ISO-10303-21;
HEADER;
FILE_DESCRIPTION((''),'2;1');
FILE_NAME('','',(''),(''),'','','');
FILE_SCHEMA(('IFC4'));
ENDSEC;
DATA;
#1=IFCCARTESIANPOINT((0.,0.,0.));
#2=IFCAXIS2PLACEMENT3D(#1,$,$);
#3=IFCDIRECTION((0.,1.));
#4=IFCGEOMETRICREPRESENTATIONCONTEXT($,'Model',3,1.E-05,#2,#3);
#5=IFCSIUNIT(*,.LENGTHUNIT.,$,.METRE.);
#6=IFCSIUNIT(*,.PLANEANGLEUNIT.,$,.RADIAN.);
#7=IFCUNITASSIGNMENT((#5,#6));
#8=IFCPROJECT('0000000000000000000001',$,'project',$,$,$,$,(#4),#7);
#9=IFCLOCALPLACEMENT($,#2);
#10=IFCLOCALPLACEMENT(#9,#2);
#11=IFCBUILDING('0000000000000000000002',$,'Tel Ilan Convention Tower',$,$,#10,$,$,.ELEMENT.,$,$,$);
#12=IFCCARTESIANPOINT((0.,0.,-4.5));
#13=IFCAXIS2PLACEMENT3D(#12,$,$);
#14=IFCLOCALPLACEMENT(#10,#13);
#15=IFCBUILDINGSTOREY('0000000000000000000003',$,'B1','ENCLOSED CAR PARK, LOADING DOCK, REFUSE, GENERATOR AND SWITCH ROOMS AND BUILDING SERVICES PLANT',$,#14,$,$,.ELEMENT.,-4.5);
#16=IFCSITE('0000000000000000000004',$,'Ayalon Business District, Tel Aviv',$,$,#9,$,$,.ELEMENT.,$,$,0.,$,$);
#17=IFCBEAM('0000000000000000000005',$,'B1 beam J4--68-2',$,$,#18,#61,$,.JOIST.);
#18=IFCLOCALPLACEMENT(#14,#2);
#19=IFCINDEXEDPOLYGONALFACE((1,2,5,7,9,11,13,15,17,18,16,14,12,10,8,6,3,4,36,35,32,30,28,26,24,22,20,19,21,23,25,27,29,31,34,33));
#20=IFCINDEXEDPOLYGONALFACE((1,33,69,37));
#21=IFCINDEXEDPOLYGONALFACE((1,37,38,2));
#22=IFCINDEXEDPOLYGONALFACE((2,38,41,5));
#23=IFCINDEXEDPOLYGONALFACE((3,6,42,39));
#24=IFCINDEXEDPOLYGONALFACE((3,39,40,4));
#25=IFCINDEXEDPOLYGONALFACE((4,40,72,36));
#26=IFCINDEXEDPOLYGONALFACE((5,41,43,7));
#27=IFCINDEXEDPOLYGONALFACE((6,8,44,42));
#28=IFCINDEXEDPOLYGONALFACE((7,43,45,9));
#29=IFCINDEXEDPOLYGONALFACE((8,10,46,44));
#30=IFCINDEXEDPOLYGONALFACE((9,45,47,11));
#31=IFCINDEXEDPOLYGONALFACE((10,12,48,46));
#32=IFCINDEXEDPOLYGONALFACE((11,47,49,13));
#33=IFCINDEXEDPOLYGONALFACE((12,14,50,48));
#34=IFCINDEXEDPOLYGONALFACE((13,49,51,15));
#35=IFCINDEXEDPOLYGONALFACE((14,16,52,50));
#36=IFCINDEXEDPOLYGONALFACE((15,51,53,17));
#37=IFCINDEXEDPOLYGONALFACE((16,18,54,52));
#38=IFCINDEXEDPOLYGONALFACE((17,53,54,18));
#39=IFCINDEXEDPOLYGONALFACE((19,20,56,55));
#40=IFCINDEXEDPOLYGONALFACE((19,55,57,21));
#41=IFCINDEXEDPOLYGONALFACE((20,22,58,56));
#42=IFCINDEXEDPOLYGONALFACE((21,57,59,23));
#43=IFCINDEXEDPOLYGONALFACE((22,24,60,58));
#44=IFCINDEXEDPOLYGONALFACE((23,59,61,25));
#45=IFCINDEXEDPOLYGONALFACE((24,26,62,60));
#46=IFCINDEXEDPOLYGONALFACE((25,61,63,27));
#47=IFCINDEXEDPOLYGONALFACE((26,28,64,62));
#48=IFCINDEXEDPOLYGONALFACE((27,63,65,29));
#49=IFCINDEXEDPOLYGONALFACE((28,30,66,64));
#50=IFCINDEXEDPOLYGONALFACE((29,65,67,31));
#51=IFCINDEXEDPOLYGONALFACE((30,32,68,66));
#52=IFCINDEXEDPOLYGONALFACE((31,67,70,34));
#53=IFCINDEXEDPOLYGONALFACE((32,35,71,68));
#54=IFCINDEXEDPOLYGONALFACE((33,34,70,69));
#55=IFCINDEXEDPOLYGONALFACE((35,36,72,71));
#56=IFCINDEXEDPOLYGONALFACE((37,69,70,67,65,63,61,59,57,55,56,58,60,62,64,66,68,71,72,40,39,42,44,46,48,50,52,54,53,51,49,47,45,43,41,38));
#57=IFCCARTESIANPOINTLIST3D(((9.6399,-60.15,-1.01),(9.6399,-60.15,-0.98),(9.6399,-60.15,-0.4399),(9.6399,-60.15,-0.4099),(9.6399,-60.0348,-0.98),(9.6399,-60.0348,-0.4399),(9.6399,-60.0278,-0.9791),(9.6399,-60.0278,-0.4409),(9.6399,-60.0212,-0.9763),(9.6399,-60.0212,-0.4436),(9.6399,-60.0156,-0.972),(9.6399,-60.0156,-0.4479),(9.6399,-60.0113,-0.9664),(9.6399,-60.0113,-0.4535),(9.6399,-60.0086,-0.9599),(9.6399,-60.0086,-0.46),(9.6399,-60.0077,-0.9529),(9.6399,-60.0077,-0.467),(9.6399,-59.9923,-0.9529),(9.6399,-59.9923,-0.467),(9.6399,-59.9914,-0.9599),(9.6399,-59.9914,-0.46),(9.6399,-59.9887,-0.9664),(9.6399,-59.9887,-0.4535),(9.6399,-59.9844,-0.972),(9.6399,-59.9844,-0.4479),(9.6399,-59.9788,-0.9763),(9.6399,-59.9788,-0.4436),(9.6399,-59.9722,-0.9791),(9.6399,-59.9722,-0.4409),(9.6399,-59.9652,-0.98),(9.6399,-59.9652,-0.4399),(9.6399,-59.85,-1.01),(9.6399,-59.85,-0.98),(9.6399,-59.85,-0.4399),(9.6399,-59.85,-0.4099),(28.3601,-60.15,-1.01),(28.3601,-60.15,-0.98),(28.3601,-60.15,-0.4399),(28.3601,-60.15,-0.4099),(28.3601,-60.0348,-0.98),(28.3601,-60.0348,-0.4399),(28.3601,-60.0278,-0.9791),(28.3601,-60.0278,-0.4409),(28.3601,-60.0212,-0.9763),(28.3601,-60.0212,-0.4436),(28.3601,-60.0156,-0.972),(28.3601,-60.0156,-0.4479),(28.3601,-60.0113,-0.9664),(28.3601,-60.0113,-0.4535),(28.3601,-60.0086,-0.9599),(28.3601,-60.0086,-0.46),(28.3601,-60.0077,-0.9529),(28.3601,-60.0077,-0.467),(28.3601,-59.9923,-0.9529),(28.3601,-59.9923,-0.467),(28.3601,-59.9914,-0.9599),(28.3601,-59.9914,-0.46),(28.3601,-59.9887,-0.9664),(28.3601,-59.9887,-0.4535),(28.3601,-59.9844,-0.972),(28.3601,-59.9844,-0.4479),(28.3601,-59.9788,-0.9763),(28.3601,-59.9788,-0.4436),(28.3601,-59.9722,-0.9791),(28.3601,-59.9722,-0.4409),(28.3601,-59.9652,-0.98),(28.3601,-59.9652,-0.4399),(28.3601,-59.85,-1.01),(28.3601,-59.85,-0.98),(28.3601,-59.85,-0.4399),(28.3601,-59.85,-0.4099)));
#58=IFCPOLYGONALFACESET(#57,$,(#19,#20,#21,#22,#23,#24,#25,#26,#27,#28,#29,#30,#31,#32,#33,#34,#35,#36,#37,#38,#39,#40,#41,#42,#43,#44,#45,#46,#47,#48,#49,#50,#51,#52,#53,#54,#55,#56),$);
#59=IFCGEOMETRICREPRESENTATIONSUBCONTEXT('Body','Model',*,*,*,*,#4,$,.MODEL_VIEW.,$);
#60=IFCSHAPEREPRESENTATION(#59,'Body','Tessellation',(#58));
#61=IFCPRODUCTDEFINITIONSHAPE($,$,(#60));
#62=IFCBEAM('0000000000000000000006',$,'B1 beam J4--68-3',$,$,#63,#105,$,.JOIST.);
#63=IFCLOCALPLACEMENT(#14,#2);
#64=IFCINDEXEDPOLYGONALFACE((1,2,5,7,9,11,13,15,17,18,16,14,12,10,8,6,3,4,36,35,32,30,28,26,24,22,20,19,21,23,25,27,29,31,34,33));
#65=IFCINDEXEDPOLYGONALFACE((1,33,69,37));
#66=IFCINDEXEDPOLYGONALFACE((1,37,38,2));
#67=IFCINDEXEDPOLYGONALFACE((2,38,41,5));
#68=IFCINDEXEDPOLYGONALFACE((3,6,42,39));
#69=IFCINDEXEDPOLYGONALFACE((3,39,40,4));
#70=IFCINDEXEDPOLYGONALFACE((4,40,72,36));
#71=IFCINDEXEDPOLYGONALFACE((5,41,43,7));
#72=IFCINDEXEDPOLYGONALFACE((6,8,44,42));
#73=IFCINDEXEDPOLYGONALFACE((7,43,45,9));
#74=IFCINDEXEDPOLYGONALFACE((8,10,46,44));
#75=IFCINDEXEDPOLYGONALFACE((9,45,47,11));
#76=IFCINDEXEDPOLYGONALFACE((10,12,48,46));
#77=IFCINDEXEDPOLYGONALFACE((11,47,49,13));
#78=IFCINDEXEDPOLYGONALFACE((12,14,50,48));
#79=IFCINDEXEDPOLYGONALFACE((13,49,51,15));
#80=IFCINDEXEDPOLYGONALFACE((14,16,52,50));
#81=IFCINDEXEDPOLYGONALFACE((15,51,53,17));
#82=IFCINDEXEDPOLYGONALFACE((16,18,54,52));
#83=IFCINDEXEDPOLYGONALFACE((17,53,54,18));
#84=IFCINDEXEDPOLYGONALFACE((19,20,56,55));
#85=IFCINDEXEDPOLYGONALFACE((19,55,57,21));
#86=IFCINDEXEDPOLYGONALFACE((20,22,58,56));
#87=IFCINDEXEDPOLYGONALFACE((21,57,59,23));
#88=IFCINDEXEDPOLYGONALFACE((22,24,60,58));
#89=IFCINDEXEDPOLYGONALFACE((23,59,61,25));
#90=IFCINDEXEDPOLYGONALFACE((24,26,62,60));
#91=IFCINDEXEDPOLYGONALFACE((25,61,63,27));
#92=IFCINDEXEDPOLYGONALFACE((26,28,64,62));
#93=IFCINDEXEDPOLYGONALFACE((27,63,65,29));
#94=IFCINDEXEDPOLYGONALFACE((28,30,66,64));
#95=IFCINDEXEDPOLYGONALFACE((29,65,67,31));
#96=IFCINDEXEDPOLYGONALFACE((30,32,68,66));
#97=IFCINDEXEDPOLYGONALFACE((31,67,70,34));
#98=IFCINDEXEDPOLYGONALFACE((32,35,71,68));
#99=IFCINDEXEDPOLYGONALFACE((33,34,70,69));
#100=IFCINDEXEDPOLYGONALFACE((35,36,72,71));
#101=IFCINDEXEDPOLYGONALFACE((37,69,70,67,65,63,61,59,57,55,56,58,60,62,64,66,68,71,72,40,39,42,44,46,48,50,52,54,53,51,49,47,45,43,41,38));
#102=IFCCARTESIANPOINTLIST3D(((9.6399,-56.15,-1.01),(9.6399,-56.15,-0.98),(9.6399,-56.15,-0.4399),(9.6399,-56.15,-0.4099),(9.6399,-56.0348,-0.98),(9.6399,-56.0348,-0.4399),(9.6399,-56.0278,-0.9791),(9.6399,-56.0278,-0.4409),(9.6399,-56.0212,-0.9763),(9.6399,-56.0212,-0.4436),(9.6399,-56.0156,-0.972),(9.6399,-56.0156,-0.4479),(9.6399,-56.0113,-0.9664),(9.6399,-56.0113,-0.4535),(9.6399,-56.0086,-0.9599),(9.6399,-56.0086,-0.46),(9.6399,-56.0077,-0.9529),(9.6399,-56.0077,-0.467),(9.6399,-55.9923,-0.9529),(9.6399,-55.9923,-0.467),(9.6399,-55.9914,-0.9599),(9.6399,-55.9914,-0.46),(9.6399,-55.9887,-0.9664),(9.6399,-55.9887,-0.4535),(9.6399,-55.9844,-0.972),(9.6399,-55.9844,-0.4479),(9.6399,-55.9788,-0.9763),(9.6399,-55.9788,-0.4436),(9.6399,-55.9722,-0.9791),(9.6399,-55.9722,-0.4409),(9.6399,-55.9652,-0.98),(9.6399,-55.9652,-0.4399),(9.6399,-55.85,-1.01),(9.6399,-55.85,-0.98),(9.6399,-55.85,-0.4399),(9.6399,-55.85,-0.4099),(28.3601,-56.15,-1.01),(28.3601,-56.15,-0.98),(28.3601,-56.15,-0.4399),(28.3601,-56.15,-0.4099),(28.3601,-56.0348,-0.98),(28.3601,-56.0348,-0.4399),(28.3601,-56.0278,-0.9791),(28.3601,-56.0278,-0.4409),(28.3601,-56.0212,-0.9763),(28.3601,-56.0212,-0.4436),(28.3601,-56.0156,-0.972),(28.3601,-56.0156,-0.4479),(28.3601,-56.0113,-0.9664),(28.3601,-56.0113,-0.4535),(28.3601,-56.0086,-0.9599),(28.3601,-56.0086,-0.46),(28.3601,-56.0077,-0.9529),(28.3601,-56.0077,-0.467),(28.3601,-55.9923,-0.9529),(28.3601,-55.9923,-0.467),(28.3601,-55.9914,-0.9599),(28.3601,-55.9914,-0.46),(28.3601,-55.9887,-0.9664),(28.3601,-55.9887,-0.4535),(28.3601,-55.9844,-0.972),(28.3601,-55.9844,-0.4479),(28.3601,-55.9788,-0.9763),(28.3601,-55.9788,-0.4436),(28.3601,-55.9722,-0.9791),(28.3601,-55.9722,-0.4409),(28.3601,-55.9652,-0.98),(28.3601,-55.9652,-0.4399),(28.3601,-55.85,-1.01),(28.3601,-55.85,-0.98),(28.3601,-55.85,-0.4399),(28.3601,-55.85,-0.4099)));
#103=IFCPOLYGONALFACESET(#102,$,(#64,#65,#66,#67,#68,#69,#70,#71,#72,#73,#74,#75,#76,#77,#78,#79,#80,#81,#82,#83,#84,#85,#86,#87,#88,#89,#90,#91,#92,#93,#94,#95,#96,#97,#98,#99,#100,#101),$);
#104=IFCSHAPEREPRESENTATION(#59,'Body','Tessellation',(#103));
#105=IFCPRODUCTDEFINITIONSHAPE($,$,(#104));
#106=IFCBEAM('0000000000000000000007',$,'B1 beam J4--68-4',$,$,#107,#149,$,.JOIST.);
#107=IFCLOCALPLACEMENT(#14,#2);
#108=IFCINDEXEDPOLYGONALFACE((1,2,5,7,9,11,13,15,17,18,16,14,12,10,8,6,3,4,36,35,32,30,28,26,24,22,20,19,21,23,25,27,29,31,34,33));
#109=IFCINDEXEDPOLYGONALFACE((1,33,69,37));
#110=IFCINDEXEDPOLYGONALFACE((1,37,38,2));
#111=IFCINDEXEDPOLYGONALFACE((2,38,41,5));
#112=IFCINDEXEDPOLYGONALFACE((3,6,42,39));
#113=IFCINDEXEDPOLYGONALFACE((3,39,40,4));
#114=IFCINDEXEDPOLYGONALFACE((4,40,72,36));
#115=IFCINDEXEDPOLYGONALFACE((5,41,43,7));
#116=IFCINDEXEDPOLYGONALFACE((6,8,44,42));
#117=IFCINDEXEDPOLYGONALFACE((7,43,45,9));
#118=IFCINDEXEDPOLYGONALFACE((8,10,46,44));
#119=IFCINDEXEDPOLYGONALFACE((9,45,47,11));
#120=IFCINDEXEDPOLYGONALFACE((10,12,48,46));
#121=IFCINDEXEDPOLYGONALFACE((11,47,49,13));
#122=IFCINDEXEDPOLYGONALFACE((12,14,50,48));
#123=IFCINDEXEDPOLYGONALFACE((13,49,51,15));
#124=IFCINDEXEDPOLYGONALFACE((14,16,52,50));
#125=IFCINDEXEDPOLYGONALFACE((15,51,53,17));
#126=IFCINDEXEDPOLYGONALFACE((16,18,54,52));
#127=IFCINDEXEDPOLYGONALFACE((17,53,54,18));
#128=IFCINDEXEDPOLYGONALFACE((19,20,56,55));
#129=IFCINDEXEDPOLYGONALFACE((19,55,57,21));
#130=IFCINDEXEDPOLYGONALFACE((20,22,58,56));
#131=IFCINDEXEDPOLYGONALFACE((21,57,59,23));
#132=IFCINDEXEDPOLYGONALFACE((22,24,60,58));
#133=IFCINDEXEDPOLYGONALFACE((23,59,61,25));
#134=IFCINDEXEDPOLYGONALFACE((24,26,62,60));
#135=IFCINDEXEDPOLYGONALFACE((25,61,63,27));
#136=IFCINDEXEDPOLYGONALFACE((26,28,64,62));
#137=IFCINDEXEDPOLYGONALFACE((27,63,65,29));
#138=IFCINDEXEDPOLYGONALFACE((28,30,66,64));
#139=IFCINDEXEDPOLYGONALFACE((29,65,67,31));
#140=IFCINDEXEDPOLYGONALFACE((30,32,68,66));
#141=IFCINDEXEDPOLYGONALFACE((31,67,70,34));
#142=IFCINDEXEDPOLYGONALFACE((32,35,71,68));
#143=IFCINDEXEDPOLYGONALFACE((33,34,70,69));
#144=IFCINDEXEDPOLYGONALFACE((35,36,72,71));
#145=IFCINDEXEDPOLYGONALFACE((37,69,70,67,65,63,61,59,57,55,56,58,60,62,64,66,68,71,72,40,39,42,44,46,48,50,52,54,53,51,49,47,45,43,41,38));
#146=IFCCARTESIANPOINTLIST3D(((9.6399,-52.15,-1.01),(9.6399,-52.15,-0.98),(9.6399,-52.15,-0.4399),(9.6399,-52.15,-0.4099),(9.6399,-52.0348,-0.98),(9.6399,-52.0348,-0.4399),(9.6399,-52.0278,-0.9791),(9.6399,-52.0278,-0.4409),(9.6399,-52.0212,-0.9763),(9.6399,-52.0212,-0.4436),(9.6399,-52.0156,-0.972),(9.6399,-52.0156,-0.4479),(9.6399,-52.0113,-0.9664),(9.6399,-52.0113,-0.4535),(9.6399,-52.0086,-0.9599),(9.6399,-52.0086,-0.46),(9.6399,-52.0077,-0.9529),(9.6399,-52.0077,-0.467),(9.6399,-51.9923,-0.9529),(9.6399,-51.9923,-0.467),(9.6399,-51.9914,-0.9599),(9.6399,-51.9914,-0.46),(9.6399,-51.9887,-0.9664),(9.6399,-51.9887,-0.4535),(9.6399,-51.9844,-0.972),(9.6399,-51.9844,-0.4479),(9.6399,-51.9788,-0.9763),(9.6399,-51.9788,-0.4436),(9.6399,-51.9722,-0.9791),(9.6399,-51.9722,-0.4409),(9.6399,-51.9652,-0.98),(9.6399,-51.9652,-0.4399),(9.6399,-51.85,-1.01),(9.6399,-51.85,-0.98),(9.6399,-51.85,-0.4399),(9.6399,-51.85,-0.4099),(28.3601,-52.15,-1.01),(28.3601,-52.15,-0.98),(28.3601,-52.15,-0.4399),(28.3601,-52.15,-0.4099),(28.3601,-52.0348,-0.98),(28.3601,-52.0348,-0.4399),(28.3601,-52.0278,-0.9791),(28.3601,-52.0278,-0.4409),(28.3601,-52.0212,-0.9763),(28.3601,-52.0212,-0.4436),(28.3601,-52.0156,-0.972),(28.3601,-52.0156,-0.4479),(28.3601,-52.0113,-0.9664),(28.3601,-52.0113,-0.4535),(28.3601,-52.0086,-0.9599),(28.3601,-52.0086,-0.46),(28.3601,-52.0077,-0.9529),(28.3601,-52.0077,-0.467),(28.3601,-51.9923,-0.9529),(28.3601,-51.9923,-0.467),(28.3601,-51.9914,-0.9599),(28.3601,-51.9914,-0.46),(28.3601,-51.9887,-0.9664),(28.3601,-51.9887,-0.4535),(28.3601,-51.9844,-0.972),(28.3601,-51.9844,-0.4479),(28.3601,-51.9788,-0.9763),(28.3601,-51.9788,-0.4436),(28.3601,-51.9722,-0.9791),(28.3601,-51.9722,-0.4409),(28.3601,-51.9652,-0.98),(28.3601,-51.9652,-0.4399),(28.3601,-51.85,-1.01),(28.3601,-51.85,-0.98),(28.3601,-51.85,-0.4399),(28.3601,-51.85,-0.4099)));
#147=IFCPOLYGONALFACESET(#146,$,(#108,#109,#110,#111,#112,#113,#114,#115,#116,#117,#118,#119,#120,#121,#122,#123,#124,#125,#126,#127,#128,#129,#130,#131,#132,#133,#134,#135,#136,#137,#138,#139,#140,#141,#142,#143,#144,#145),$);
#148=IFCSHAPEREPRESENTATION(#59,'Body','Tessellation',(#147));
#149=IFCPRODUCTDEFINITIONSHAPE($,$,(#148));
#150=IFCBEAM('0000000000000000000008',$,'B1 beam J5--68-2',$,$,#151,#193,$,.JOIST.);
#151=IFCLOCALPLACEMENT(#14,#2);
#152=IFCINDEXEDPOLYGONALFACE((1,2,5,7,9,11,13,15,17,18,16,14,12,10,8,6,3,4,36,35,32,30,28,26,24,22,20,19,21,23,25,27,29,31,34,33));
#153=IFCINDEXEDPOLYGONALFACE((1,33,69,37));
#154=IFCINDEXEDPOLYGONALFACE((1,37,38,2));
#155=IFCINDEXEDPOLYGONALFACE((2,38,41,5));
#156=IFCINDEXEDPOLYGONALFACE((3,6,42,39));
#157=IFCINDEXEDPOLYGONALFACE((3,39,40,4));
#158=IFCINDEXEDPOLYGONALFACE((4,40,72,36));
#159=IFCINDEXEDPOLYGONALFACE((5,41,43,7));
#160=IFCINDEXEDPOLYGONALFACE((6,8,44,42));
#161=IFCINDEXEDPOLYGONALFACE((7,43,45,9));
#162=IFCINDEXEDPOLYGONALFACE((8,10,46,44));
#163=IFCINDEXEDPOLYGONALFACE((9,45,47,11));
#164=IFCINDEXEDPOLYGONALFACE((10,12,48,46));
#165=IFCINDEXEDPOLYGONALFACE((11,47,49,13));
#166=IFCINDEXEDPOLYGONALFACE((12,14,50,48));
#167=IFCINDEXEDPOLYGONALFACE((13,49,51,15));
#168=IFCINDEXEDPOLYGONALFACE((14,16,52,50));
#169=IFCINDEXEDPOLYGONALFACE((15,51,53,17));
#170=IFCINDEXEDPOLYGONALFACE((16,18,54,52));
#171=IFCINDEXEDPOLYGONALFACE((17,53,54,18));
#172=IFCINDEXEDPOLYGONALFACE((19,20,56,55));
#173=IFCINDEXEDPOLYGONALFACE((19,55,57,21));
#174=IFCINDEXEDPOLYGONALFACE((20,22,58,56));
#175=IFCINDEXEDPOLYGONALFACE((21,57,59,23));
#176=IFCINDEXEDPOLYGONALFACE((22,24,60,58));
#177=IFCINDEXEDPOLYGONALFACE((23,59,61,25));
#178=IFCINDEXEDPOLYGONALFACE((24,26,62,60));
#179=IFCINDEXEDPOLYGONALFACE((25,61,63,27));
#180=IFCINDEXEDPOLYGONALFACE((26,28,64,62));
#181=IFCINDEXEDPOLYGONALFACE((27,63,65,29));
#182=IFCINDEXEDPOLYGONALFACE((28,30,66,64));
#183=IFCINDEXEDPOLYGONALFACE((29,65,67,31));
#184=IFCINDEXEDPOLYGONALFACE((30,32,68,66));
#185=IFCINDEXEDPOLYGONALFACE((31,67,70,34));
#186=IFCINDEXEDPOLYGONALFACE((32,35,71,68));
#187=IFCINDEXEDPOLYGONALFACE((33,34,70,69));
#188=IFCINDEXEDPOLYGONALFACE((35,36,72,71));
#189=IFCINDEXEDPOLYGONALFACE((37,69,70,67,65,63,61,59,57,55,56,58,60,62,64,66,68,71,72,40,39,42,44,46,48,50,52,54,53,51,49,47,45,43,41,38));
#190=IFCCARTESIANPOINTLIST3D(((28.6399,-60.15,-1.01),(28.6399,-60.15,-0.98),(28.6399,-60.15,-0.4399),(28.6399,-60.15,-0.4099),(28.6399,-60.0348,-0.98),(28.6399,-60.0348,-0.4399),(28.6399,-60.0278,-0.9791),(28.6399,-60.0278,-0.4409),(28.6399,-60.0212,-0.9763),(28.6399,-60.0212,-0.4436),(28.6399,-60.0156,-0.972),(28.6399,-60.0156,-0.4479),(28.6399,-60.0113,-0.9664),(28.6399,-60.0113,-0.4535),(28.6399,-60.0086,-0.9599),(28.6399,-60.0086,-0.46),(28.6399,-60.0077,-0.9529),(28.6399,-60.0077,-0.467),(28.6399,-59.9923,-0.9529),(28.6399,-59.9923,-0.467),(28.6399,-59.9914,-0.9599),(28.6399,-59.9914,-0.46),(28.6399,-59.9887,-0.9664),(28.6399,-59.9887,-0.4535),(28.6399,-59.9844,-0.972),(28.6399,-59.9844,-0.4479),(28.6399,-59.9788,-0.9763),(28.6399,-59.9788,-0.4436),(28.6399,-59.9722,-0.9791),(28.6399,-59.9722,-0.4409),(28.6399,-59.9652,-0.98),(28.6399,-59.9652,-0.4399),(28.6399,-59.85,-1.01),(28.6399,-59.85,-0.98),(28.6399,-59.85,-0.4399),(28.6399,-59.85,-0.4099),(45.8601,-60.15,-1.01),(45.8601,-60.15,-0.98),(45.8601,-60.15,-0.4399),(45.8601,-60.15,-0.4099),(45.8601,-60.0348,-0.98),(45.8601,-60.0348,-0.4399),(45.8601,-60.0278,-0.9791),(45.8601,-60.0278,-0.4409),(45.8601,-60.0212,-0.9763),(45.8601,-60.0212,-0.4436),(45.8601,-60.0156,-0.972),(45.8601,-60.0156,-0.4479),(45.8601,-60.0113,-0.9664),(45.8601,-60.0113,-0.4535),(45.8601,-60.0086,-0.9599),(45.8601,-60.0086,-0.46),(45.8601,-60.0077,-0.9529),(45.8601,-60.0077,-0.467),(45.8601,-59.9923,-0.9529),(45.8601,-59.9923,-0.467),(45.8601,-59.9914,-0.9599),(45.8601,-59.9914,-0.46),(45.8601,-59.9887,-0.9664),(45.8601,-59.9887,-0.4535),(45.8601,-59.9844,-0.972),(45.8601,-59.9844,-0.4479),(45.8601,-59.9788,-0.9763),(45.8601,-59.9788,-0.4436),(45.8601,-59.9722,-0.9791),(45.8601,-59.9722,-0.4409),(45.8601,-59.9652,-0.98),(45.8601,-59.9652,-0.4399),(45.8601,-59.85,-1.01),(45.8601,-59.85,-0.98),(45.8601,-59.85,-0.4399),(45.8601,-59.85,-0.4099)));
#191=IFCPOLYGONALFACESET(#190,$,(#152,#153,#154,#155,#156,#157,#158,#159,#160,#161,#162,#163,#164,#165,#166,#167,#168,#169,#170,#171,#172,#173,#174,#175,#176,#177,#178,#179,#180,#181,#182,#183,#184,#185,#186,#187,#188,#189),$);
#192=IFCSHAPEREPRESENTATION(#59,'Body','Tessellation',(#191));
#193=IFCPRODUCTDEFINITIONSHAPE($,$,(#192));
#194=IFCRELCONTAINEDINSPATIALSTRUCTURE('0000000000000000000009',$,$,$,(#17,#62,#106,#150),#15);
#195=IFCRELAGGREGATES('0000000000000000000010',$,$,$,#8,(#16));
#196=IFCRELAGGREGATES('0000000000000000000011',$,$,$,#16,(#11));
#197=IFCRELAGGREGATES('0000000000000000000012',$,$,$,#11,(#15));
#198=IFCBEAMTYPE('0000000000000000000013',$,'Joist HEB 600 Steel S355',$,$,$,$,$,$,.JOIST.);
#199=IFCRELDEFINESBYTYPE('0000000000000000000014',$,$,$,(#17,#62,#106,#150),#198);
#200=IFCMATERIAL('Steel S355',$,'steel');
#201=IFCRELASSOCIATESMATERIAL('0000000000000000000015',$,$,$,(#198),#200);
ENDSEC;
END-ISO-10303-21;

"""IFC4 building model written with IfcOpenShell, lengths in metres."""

from ifc_helpers import new_model, si_unit, direction, frame, origin, origin_2d, place, context, subcontext, project, spatial, i_section, extrude, material, material_profile, profile_set, type_object, element, save


model = new_model("IFC4")

# Units and contexts
model_context = context("Model", 3, precision=1e-05, world=origin(), true_north=direction((0.0, 1.0)))
body_context = subcontext(model_context, "Body", "Model", "MODEL_VIEW")
ifc_project = project(units=[si_unit("LENGTHUNIT", "METRE"), si_unit("PLANEANGLEUNIT", "RADIAN")], contexts=[model_context])

# Site, building, storey
site_placement = place(None, origin())
site = spatial("IfcSite", under=ifc_project, at=site_placement, Name="Ayalon Business District, Tel Aviv", CompositionType="ELEMENT", RefElevation=0.0)
building_placement = place(site_placement, origin())
building = spatial("IfcBuilding", under=site, at=building_placement, Name="Tel Ilan Convention Tower", CompositionType="ELEMENT")
storey_placement = place(building_placement, frame((0.0, 0.0, -4.5)))
storey = spatial("IfcBuildingStorey", under=building, at=storey_placement, Name="B1", Description="ENCLOSED CAR PARK, LOADING DOCK, REFUSE, GENERATOR AND SWITCH ROOMS AND BUILDING SERVICES PLANT", CompositionType="ELEMENT", Elevation=-4.5)

# Beams
ifc_material_1 = material(Name="Steel S355", Category="steel")
ifc_material_profile_1 = material_profile(ifc_material_1, i_section(OverallWidth=0.3, OverallDepth=0.6001, WebThickness=0.0154, FlangeThickness=0.03, FilletRadius=0.0271, at=origin_2d()), Name="HEB 600")
ifc_profile_set_1 = profile_set([ifc_material_profile_1], Name="Steel S355")
beam_type_1 = type_object("IfcBeamType", Name="Joist HEB 600 Steel S355", PredefinedType="JOIST", material=ifc_profile_set_1)
for number, where, z_axis, x_axis, name in (
    (1, (9.6399, -60.0, -0.71), (1.0, 0.0, 0.0), (0.0, 1.0, 0.0), "B1 beam J4--68-2"),
    (2, (9.6399, -56.0, -0.71), (1.0, 0.0, 0.0), (0.0, 1.0, 0.0), "B1 beam J4--68-3"),
    (3, (9.6399, -52.0, -0.71), (1.0, 0.0, 0.0), (0.0, 1.0, 0.0), "B1 beam J4--68-4"),
):
    element("IfcBeam", number, at=place(storey_placement, frame(where, z_axis=z_axis, x_axis=x_axis)), inside=storey, type_object=beam_type_1, Name=name, PredefinedType="JOIST", context=body_context, shape_type="SweptSolid", body=[
        extrude(i_section(OverallWidth=0.3, OverallDepth=0.6001, WebThickness=0.0154, FlangeThickness=0.03, FilletRadius=0.0271, at=origin_2d()), origin(), (0.0, 0.0, 1.0), 18.7202),
    ])
for number, where, z_axis, x_axis, name in (
    (4, (28.6399, -60.0, -0.71), (1.0, 0.0, 0.0), (0.0, 1.0, 0.0), "B1 beam J5--68-2"),
):
    element("IfcBeam", number, at=place(storey_placement, frame(where, z_axis=z_axis, x_axis=x_axis)), inside=storey, type_object=beam_type_1, Name=name, PredefinedType="JOIST", context=body_context, shape_type="SweptSolid", body=[
        extrude(i_section(OverallWidth=0.3, OverallDepth=0.6001, WebThickness=0.0154, FlangeThickness=0.03, FilletRadius=0.0271, at=origin_2d()), origin(), (0.0, 0.0, 1.0), 17.2202),
    ])

save(model, "model.ifc")
